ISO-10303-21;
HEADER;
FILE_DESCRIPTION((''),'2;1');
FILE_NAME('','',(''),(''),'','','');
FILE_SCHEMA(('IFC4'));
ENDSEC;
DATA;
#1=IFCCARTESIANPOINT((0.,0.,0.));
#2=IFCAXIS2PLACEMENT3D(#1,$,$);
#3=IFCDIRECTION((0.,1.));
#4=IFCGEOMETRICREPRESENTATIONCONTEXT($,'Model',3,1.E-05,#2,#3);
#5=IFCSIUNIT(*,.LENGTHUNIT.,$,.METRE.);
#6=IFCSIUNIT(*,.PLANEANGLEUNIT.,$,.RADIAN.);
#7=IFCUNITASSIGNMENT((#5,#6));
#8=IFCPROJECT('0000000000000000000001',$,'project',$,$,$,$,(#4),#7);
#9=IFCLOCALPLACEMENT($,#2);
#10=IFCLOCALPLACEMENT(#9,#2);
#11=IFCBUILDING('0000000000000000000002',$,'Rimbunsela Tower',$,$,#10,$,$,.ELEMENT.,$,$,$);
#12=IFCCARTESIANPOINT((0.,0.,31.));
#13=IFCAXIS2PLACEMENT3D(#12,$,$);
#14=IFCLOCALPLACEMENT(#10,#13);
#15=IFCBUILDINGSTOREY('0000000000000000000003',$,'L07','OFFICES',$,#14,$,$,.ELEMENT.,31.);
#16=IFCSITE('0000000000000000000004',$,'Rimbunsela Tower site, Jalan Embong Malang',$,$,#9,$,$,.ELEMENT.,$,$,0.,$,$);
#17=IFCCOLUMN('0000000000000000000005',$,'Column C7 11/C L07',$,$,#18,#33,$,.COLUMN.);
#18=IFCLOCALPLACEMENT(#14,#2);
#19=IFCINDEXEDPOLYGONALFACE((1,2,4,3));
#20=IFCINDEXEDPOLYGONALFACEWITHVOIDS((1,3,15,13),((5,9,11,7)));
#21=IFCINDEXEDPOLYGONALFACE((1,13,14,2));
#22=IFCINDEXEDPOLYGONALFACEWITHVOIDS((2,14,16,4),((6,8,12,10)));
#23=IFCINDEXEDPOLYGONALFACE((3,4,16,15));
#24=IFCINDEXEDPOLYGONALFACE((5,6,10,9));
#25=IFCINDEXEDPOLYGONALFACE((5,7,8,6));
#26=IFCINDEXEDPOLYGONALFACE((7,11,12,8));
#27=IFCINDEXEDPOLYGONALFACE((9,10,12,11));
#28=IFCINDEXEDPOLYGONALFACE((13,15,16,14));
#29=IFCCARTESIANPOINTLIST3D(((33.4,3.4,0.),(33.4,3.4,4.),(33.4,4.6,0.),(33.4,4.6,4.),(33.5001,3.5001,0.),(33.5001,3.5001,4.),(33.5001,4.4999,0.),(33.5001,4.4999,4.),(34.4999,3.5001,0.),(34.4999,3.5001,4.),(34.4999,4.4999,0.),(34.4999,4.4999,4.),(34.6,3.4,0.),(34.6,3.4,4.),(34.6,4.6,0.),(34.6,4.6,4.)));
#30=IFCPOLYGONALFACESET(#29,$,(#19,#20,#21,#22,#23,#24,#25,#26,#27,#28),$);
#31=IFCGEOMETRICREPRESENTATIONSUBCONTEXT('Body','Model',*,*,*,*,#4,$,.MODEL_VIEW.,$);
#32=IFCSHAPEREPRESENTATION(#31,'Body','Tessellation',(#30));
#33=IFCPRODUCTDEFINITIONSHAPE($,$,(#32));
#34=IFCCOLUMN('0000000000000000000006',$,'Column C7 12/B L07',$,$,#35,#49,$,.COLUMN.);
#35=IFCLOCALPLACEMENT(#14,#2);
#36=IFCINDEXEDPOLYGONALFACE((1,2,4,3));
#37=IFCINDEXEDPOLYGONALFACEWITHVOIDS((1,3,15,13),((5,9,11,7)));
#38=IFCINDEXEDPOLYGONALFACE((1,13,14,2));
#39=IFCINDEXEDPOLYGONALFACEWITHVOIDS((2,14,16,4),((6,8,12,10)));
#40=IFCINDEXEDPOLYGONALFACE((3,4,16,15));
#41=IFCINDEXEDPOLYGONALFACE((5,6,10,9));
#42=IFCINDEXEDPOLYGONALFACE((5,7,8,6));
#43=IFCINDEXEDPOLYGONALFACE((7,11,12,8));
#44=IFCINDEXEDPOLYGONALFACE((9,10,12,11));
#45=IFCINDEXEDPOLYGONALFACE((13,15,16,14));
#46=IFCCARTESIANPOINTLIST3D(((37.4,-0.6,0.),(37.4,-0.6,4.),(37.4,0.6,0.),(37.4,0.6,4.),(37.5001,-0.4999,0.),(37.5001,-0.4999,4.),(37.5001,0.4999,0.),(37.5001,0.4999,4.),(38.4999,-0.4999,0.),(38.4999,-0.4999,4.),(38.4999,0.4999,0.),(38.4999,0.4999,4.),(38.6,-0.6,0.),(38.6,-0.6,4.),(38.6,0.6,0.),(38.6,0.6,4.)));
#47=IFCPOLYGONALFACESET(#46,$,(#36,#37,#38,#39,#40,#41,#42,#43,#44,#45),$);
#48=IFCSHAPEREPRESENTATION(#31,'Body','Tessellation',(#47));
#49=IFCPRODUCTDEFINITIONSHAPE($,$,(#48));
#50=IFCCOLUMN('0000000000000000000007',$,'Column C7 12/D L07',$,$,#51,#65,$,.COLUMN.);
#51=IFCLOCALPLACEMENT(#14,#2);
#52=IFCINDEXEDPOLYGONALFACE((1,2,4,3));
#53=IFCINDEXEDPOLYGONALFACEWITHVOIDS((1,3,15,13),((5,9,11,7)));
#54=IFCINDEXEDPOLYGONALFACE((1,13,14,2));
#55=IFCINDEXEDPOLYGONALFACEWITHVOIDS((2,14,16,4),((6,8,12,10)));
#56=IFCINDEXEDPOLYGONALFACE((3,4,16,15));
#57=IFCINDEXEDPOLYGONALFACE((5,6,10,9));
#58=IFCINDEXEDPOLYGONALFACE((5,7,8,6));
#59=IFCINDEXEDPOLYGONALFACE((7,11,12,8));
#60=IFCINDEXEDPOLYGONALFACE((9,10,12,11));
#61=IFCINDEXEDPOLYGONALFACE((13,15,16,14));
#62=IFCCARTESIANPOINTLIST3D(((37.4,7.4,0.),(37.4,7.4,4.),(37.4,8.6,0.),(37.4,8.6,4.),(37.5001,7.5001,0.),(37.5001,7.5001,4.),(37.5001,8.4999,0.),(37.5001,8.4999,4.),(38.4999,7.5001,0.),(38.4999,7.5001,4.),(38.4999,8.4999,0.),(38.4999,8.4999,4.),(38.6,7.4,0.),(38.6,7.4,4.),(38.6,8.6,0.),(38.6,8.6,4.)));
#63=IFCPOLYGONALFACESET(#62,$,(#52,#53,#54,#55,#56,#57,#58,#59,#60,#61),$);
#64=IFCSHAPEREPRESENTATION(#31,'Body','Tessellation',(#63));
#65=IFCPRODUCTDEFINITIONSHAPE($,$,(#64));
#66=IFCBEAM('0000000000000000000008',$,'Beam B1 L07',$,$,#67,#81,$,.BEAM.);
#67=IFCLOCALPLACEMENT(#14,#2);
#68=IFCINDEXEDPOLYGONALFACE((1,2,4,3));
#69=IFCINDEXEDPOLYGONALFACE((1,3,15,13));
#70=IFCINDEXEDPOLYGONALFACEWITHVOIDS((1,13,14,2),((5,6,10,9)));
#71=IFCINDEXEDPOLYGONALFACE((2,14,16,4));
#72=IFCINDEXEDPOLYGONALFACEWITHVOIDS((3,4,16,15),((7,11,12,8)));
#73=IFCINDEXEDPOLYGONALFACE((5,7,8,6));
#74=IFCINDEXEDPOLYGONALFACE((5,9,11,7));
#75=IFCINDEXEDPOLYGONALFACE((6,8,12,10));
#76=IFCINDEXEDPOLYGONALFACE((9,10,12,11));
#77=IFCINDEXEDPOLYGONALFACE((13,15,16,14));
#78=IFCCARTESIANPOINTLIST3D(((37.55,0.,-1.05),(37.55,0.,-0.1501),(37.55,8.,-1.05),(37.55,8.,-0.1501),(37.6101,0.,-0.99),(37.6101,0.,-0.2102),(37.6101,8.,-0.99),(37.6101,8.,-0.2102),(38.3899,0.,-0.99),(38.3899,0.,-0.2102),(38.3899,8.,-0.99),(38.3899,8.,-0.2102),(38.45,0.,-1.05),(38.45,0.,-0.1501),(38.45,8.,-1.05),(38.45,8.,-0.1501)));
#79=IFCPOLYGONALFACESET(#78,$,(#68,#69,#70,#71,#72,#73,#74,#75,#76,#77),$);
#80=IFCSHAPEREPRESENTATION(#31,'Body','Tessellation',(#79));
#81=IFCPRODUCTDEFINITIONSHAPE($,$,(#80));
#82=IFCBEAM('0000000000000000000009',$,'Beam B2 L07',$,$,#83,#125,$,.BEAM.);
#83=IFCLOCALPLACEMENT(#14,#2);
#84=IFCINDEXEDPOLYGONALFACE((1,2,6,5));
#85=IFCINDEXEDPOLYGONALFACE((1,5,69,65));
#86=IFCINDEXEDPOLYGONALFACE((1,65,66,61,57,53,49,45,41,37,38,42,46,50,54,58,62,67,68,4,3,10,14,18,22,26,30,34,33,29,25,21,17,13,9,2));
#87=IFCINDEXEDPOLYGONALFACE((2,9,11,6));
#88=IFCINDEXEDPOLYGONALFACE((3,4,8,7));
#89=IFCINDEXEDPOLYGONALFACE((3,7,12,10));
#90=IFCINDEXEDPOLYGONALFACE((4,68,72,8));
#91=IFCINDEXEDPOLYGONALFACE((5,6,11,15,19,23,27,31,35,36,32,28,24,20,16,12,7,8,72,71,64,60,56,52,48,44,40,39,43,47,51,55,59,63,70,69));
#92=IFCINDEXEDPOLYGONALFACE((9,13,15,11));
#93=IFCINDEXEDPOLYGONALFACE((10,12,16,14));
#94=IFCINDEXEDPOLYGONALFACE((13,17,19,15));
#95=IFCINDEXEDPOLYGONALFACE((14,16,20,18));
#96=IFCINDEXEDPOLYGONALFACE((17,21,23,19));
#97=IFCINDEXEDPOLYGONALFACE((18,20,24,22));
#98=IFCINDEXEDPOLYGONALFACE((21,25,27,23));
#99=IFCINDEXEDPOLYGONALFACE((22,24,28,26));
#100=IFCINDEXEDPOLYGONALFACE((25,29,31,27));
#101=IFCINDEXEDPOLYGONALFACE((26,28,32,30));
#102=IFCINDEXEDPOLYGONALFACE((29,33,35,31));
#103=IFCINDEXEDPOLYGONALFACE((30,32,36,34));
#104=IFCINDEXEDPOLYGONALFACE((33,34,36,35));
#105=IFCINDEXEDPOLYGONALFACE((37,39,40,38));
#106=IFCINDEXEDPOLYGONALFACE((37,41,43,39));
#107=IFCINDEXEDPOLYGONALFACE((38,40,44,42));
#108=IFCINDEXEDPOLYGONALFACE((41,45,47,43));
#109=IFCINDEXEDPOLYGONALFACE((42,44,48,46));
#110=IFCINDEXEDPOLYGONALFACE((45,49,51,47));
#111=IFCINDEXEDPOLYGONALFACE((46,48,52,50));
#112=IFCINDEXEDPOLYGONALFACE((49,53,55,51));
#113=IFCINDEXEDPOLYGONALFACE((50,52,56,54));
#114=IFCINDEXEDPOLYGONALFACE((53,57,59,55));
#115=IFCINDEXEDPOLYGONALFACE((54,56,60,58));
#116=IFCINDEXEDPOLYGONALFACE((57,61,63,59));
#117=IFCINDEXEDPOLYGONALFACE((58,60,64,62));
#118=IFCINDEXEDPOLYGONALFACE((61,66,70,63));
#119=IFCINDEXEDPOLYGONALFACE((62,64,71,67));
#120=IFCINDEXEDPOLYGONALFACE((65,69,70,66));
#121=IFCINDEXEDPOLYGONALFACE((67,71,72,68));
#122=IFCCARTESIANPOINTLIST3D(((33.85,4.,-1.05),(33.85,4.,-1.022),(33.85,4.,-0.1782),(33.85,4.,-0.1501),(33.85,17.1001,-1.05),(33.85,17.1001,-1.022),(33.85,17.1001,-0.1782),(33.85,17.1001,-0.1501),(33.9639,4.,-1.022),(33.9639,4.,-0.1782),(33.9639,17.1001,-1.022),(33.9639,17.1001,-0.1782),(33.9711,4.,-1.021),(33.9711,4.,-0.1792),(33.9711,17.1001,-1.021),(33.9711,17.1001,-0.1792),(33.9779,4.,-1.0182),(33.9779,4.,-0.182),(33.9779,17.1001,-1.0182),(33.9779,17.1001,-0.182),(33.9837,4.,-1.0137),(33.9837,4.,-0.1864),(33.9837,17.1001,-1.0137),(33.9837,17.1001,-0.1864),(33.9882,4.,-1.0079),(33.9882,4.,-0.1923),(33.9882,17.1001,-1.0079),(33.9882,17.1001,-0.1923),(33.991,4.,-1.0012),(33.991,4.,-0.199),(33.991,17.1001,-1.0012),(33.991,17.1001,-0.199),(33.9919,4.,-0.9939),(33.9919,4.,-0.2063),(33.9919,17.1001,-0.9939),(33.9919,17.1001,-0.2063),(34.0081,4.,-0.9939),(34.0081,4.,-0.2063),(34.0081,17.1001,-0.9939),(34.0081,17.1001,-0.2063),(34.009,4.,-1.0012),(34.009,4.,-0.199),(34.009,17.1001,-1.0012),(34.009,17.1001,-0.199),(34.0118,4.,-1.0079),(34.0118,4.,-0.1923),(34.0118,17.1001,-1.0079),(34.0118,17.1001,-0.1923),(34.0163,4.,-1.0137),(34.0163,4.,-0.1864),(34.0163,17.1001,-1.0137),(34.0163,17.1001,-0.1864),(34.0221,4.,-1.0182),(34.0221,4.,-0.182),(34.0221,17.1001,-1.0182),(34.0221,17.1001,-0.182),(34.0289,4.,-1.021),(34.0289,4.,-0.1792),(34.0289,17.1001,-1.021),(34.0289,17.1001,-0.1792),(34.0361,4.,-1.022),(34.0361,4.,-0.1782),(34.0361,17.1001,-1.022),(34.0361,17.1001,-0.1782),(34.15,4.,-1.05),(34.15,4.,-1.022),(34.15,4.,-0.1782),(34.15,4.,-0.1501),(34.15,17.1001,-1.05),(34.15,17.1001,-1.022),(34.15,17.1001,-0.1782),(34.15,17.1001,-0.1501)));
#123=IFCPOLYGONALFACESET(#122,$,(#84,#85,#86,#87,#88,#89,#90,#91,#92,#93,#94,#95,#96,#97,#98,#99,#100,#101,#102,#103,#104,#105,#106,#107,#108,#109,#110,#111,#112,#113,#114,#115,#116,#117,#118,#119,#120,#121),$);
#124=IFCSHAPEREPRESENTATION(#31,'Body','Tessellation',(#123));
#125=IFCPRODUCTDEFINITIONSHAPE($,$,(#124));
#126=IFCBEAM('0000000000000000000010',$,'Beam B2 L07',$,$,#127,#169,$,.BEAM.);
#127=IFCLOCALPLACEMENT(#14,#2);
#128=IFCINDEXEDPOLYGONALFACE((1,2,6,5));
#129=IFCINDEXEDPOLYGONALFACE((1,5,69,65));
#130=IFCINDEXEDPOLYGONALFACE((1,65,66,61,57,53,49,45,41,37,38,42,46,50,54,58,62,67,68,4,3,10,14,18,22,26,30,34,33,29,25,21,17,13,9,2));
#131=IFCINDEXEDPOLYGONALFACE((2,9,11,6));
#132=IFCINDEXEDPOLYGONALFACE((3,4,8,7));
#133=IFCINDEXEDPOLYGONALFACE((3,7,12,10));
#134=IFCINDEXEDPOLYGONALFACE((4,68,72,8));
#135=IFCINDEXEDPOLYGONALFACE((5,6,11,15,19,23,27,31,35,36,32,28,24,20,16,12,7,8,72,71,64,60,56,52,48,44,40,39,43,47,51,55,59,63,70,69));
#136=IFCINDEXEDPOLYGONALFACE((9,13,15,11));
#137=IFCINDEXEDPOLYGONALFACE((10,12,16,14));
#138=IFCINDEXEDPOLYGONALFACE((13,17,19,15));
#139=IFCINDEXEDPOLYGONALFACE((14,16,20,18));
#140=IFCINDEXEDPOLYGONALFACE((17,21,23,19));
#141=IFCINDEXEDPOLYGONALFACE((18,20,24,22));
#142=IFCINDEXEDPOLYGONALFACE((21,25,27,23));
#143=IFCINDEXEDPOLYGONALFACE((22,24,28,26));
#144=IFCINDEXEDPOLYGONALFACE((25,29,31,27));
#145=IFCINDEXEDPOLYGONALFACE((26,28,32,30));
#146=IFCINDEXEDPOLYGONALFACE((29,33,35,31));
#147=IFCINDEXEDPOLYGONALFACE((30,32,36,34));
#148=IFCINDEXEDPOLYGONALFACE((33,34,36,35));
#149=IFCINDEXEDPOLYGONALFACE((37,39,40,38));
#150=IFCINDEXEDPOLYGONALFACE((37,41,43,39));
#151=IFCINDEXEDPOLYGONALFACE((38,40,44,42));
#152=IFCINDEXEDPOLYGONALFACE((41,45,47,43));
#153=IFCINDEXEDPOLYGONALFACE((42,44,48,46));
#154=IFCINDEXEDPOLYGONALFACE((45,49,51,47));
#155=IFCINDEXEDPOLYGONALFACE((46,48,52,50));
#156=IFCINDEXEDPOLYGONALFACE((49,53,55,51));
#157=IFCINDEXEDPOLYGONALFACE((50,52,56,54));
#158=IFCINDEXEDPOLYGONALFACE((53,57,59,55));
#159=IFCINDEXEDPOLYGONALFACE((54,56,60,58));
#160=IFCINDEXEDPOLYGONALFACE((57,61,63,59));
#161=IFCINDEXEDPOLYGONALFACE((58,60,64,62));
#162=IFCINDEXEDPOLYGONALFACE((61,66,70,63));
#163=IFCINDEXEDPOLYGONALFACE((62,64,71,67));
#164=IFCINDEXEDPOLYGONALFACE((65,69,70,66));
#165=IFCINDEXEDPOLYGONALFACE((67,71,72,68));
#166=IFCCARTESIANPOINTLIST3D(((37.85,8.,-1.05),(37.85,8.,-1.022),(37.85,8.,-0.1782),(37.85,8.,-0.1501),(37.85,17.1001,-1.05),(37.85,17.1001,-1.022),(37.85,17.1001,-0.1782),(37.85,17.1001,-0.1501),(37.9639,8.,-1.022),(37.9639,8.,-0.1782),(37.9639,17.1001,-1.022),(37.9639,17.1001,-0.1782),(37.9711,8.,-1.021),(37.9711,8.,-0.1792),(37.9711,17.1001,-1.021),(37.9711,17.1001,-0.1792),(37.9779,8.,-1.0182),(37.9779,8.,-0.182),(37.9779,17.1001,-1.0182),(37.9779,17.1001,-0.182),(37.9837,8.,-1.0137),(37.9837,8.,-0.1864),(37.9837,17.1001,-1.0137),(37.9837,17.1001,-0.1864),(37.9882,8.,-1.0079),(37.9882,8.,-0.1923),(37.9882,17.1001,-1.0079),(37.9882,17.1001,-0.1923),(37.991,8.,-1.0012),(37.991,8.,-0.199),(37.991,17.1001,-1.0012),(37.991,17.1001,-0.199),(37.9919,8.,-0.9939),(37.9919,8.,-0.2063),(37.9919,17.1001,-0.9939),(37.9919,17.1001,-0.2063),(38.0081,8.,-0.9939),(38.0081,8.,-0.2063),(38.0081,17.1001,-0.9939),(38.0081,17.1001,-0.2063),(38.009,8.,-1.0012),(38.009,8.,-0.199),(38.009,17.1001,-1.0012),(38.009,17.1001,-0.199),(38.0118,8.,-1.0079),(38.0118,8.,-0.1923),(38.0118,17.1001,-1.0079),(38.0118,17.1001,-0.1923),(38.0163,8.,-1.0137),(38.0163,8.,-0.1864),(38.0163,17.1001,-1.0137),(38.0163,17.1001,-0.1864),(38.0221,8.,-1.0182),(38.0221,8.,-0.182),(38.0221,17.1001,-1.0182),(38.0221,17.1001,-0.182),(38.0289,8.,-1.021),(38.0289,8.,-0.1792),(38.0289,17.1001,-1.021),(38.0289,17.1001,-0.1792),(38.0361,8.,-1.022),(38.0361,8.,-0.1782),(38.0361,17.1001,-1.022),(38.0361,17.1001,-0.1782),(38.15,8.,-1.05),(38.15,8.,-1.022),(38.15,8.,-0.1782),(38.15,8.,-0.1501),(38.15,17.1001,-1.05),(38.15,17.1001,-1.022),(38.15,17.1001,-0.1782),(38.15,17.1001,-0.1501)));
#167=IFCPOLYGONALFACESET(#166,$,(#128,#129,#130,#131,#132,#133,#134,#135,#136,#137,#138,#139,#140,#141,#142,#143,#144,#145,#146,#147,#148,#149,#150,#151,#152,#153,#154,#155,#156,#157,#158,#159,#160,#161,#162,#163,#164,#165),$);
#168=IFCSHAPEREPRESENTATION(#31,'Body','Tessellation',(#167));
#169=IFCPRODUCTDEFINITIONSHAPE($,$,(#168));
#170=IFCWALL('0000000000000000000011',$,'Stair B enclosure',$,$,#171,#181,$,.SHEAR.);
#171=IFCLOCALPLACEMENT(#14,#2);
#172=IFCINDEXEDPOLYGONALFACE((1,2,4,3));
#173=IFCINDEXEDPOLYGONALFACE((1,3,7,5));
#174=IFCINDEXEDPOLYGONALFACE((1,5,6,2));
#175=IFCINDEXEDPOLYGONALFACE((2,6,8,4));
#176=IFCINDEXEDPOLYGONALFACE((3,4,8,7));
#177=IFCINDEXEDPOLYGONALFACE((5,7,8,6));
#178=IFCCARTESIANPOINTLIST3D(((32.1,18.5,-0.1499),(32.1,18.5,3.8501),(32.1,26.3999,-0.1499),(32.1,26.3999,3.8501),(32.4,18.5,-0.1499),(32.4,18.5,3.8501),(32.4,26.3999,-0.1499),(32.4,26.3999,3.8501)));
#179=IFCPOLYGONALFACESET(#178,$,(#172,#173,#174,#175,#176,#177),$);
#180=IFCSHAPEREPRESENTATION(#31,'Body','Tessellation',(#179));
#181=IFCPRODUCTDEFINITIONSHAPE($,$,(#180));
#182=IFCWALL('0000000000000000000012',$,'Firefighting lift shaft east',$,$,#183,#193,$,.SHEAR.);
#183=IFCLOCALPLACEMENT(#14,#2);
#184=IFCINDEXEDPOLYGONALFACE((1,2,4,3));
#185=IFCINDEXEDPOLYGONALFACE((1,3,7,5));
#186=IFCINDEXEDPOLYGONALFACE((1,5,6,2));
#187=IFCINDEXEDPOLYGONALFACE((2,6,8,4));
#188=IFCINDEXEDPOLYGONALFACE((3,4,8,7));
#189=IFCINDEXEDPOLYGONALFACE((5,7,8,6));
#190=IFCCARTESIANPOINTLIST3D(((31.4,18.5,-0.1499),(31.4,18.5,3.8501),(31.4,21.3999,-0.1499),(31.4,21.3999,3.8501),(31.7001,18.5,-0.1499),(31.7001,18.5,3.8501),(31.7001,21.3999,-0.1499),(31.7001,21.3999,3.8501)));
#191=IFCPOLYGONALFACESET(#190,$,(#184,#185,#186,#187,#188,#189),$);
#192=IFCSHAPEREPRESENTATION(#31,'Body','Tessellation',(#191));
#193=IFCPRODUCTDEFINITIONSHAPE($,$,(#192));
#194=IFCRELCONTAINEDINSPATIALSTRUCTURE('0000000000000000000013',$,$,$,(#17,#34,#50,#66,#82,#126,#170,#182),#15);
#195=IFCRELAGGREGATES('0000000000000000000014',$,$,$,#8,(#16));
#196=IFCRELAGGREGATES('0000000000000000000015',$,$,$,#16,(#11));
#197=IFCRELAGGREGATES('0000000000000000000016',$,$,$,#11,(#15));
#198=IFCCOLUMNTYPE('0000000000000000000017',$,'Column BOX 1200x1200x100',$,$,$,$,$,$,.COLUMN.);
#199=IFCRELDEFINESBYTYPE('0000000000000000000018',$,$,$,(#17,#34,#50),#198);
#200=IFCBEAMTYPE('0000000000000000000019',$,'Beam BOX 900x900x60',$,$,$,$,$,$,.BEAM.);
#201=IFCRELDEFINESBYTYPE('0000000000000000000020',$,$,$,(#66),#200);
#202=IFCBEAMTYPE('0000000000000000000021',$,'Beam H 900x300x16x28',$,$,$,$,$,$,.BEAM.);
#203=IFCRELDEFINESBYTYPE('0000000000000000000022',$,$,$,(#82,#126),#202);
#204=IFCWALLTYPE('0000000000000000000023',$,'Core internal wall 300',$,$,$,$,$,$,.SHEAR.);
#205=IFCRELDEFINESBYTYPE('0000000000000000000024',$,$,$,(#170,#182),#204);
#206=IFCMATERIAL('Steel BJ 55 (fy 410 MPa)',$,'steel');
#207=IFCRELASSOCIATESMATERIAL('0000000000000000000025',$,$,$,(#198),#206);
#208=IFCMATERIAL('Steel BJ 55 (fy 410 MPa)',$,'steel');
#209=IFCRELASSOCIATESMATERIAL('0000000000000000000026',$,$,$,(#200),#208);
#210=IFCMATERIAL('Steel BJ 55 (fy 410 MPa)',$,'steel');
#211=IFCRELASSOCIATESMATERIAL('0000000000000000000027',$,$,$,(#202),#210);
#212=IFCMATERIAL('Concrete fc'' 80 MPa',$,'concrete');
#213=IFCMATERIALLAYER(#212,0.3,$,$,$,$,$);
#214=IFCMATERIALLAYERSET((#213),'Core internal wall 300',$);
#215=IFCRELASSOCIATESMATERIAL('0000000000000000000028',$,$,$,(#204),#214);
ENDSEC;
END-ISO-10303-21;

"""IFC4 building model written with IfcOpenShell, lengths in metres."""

from ifc_helpers import new_model, si_unit, direction, frame, frame_2d, origin, origin_2d, place, context, subcontext, project, spatial, rectangle, hollow_rectangle, i_section, extrude, material, layer, layer_set, material_profile, profile_set, type_object, element, save


model = new_model("IFC4")

# Units and contexts
model_context = context("Model", 3, precision=1e-05, world=origin(), true_north=direction((0.0, 1.0)))
body_context = subcontext(model_context, "Body", "Model", "MODEL_VIEW")
ifc_project = project(units=[si_unit("LENGTHUNIT", "METRE"), si_unit("PLANEANGLEUNIT", "RADIAN")], contexts=[model_context])

# Site, building, storey
site_placement = place(None, origin())
site = spatial("IfcSite", under=ifc_project, at=site_placement, Name="Rimbunsela Tower site, Jalan Embong Malang", CompositionType="ELEMENT", RefElevation=0.0)
building_placement = place(site_placement, origin())
building = spatial("IfcBuilding", under=site, at=building_placement, Name="Rimbunsela Tower", CompositionType="ELEMENT")
storey_placement = place(building_placement, frame((0.0, 0.0, 31.0)))
storey = spatial("IfcBuildingStorey", under=building, at=storey_placement, Name="L07", Description="OFFICES", CompositionType="ELEMENT", Elevation=31.0)

# Columns
ifc_material_1 = material(Name="Steel BJ 55 (fy 410 MPa)", Category="steel")
ifc_material_profile_1 = material_profile(ifc_material_1, hollow_rectangle(XDim=1.2, YDim=1.2, WallThickness=0.1001, at=origin_2d()), Name="BOX 1200x1200x100")
ifc_profile_set_1 = profile_set([ifc_material_profile_1], Name="Steel BJ 55 (fy 410 MPa)")
column_type = type_object("IfcColumnType", Name="Column BOX 1200x1200x100", PredefinedType="COLUMN", material=ifc_profile_set_1)
for number, where, z_axis, x_axis, name in (
    (1, (34.0, 4.0, 0.0), (0.0, 0.0, 1.0), (1.0, 0.0, 0.0), "Column C7 11/C L07"),
    (2, (38.0, 0.0, 0.0), (0.0, 0.0, 1.0), (1.0, 0.0, 0.0), "Column C7 12/B L07"),
    (3, (38.0, 8.0, 0.0), (0.0, 0.0, 1.0), (1.0, 0.0, 0.0), "Column C7 12/D L07"),
):
    element("IfcColumn", number, at=place(storey_placement, frame(where, z_axis=z_axis, x_axis=x_axis)), inside=storey, type_object=column_type, Name=name, PredefinedType="COLUMN", context=body_context, shape_type="SweptSolid", body=[
        extrude(hollow_rectangle(XDim=1.2, YDim=1.2, WallThickness=0.1001, at=origin_2d()), origin(), (0.0, 0.0, 1.0), 4.0),
    ])

# Beams
ifc_material_2 = material(Name="Steel BJ 55 (fy 410 MPa)", Category="steel")
ifc_material_profile_2 = material_profile(ifc_material_2, hollow_rectangle(XDim=0.8999, YDim=0.8999, WallThickness=0.0601, at=origin_2d()), Name="BOX 900x900x60")
ifc_profile_set_2 = profile_set([ifc_material_profile_2], Name="Steel BJ 55 (fy 410 MPa)")
beam_type_1 = type_object("IfcBeamType", Name="Beam BOX 900x900x60", PredefinedType="BEAM", material=ifc_profile_set_2)
beam_1_placement = place(storey_placement, frame((38.0, 0.0, -0.6001), z_axis=(0.0, 1.0, 0.0), x_axis=(-1.0, 0.0, 0.0)))
element("IfcBeam", 4, at=beam_1_placement, inside=storey, type_object=beam_type_1, Name="Beam B1 L07", PredefinedType="BEAM", context=body_context, shape_type="SweptSolid", body=[
    extrude(hollow_rectangle(XDim=0.8999, YDim=0.8999, WallThickness=0.0601, at=origin_2d()), origin(), (0.0, 0.0, 1.0), 8.0),
])
ifc_material_3 = material(Name="Steel BJ 55 (fy 410 MPa)", Category="steel")
ifc_material_profile_3 = material_profile(ifc_material_3, i_section(OverallWidth=0.3, OverallDepth=0.8999, WebThickness=0.0161, FlangeThickness=0.0281, FilletRadius=0.0281, at=origin_2d()), Name="H 900x300x16x28")
ifc_profile_set_3 = profile_set([ifc_material_profile_3], Name="Steel BJ 55 (fy 410 MPa)")
beam_type_2 = type_object("IfcBeamType", Name="Beam H 900x300x16x28", PredefinedType="BEAM", material=ifc_profile_set_3)
beam_2_placement = place(storey_placement, frame((34.0, 4.0, -0.6001), z_axis=(0.0, 1.0, 0.0), x_axis=(-1.0, 0.0, 0.0)))
element("IfcBeam", 5, at=beam_2_placement, inside=storey, type_object=beam_type_2, Name="Beam B2 L07", PredefinedType="BEAM", context=body_context, shape_type="SweptSolid", body=[
    extrude(i_section(OverallWidth=0.3, OverallDepth=0.8999, WebThickness=0.0161, FlangeThickness=0.0281, FilletRadius=0.0281, at=origin_2d()), origin(), (0.0, 0.0, 1.0), 13.1001),
])
beam_3_placement = place(storey_placement, frame((38.0, 8.0, -0.6001), z_axis=(0.0, 1.0, 0.0), x_axis=(-1.0, 0.0, 0.0)))
element("IfcBeam", 6, at=beam_3_placement, inside=storey, type_object=beam_type_2, Name="Beam B2 L07", PredefinedType="BEAM", context=body_context, shape_type="SweptSolid", body=[
    extrude(i_section(OverallWidth=0.3, OverallDepth=0.8999, WebThickness=0.0161, FlangeThickness=0.0281, FilletRadius=0.0281, at=origin_2d()), origin(), (0.0, 0.0, 1.0), 9.1001),
])

# Walls
ifc_material_4 = material(Name="Concrete fc' 80 MPa", Category="concrete")
ifc_layer_1 = layer(ifc_material_4, 0.3)
ifc_layer_set_1 = layer_set([ifc_layer_1], Name="Core internal wall 300")
wall_type_1 = type_object("IfcWallType", Name="Core internal wall 300", PredefinedType="SHEAR", material=ifc_layer_set_1)
wall_1_placement = place(storey_placement, frame((32.25, 18.5, -0.1499), z_axis=(0.0, 0.0, 1.0), x_axis=(0.0, 1.0, 0.0)))
element("IfcWall", 7, at=wall_1_placement, inside=storey, type_object=wall_type_1, Name="Stair B enclosure", PredefinedType="SHEAR", context=body_context, shape_type="SweptSolid", body=[
    extrude(rectangle(XDim=7.8999, YDim=0.3, at=frame_2d((3.95, 0.0))), origin(), (0.0, 0.0, 1.0), 4.0),
])
wall_2_placement = place(storey_placement, frame((31.55, 18.5, -0.1499), z_axis=(0.0, 0.0, 1.0), x_axis=(0.0, 1.0, 0.0)))
element("IfcWall", 8, at=wall_2_placement, inside=storey, type_object=wall_type_1, Name="Firefighting lift shaft east", PredefinedType="SHEAR", context=body_context, shape_type="SweptSolid", body=[
    extrude(rectangle(XDim=2.8999, YDim=0.3, at=frame_2d((1.45, 0.0))), origin(), (0.0, 0.0, 1.0), 4.0),
])

save(model, "model.ifc")
